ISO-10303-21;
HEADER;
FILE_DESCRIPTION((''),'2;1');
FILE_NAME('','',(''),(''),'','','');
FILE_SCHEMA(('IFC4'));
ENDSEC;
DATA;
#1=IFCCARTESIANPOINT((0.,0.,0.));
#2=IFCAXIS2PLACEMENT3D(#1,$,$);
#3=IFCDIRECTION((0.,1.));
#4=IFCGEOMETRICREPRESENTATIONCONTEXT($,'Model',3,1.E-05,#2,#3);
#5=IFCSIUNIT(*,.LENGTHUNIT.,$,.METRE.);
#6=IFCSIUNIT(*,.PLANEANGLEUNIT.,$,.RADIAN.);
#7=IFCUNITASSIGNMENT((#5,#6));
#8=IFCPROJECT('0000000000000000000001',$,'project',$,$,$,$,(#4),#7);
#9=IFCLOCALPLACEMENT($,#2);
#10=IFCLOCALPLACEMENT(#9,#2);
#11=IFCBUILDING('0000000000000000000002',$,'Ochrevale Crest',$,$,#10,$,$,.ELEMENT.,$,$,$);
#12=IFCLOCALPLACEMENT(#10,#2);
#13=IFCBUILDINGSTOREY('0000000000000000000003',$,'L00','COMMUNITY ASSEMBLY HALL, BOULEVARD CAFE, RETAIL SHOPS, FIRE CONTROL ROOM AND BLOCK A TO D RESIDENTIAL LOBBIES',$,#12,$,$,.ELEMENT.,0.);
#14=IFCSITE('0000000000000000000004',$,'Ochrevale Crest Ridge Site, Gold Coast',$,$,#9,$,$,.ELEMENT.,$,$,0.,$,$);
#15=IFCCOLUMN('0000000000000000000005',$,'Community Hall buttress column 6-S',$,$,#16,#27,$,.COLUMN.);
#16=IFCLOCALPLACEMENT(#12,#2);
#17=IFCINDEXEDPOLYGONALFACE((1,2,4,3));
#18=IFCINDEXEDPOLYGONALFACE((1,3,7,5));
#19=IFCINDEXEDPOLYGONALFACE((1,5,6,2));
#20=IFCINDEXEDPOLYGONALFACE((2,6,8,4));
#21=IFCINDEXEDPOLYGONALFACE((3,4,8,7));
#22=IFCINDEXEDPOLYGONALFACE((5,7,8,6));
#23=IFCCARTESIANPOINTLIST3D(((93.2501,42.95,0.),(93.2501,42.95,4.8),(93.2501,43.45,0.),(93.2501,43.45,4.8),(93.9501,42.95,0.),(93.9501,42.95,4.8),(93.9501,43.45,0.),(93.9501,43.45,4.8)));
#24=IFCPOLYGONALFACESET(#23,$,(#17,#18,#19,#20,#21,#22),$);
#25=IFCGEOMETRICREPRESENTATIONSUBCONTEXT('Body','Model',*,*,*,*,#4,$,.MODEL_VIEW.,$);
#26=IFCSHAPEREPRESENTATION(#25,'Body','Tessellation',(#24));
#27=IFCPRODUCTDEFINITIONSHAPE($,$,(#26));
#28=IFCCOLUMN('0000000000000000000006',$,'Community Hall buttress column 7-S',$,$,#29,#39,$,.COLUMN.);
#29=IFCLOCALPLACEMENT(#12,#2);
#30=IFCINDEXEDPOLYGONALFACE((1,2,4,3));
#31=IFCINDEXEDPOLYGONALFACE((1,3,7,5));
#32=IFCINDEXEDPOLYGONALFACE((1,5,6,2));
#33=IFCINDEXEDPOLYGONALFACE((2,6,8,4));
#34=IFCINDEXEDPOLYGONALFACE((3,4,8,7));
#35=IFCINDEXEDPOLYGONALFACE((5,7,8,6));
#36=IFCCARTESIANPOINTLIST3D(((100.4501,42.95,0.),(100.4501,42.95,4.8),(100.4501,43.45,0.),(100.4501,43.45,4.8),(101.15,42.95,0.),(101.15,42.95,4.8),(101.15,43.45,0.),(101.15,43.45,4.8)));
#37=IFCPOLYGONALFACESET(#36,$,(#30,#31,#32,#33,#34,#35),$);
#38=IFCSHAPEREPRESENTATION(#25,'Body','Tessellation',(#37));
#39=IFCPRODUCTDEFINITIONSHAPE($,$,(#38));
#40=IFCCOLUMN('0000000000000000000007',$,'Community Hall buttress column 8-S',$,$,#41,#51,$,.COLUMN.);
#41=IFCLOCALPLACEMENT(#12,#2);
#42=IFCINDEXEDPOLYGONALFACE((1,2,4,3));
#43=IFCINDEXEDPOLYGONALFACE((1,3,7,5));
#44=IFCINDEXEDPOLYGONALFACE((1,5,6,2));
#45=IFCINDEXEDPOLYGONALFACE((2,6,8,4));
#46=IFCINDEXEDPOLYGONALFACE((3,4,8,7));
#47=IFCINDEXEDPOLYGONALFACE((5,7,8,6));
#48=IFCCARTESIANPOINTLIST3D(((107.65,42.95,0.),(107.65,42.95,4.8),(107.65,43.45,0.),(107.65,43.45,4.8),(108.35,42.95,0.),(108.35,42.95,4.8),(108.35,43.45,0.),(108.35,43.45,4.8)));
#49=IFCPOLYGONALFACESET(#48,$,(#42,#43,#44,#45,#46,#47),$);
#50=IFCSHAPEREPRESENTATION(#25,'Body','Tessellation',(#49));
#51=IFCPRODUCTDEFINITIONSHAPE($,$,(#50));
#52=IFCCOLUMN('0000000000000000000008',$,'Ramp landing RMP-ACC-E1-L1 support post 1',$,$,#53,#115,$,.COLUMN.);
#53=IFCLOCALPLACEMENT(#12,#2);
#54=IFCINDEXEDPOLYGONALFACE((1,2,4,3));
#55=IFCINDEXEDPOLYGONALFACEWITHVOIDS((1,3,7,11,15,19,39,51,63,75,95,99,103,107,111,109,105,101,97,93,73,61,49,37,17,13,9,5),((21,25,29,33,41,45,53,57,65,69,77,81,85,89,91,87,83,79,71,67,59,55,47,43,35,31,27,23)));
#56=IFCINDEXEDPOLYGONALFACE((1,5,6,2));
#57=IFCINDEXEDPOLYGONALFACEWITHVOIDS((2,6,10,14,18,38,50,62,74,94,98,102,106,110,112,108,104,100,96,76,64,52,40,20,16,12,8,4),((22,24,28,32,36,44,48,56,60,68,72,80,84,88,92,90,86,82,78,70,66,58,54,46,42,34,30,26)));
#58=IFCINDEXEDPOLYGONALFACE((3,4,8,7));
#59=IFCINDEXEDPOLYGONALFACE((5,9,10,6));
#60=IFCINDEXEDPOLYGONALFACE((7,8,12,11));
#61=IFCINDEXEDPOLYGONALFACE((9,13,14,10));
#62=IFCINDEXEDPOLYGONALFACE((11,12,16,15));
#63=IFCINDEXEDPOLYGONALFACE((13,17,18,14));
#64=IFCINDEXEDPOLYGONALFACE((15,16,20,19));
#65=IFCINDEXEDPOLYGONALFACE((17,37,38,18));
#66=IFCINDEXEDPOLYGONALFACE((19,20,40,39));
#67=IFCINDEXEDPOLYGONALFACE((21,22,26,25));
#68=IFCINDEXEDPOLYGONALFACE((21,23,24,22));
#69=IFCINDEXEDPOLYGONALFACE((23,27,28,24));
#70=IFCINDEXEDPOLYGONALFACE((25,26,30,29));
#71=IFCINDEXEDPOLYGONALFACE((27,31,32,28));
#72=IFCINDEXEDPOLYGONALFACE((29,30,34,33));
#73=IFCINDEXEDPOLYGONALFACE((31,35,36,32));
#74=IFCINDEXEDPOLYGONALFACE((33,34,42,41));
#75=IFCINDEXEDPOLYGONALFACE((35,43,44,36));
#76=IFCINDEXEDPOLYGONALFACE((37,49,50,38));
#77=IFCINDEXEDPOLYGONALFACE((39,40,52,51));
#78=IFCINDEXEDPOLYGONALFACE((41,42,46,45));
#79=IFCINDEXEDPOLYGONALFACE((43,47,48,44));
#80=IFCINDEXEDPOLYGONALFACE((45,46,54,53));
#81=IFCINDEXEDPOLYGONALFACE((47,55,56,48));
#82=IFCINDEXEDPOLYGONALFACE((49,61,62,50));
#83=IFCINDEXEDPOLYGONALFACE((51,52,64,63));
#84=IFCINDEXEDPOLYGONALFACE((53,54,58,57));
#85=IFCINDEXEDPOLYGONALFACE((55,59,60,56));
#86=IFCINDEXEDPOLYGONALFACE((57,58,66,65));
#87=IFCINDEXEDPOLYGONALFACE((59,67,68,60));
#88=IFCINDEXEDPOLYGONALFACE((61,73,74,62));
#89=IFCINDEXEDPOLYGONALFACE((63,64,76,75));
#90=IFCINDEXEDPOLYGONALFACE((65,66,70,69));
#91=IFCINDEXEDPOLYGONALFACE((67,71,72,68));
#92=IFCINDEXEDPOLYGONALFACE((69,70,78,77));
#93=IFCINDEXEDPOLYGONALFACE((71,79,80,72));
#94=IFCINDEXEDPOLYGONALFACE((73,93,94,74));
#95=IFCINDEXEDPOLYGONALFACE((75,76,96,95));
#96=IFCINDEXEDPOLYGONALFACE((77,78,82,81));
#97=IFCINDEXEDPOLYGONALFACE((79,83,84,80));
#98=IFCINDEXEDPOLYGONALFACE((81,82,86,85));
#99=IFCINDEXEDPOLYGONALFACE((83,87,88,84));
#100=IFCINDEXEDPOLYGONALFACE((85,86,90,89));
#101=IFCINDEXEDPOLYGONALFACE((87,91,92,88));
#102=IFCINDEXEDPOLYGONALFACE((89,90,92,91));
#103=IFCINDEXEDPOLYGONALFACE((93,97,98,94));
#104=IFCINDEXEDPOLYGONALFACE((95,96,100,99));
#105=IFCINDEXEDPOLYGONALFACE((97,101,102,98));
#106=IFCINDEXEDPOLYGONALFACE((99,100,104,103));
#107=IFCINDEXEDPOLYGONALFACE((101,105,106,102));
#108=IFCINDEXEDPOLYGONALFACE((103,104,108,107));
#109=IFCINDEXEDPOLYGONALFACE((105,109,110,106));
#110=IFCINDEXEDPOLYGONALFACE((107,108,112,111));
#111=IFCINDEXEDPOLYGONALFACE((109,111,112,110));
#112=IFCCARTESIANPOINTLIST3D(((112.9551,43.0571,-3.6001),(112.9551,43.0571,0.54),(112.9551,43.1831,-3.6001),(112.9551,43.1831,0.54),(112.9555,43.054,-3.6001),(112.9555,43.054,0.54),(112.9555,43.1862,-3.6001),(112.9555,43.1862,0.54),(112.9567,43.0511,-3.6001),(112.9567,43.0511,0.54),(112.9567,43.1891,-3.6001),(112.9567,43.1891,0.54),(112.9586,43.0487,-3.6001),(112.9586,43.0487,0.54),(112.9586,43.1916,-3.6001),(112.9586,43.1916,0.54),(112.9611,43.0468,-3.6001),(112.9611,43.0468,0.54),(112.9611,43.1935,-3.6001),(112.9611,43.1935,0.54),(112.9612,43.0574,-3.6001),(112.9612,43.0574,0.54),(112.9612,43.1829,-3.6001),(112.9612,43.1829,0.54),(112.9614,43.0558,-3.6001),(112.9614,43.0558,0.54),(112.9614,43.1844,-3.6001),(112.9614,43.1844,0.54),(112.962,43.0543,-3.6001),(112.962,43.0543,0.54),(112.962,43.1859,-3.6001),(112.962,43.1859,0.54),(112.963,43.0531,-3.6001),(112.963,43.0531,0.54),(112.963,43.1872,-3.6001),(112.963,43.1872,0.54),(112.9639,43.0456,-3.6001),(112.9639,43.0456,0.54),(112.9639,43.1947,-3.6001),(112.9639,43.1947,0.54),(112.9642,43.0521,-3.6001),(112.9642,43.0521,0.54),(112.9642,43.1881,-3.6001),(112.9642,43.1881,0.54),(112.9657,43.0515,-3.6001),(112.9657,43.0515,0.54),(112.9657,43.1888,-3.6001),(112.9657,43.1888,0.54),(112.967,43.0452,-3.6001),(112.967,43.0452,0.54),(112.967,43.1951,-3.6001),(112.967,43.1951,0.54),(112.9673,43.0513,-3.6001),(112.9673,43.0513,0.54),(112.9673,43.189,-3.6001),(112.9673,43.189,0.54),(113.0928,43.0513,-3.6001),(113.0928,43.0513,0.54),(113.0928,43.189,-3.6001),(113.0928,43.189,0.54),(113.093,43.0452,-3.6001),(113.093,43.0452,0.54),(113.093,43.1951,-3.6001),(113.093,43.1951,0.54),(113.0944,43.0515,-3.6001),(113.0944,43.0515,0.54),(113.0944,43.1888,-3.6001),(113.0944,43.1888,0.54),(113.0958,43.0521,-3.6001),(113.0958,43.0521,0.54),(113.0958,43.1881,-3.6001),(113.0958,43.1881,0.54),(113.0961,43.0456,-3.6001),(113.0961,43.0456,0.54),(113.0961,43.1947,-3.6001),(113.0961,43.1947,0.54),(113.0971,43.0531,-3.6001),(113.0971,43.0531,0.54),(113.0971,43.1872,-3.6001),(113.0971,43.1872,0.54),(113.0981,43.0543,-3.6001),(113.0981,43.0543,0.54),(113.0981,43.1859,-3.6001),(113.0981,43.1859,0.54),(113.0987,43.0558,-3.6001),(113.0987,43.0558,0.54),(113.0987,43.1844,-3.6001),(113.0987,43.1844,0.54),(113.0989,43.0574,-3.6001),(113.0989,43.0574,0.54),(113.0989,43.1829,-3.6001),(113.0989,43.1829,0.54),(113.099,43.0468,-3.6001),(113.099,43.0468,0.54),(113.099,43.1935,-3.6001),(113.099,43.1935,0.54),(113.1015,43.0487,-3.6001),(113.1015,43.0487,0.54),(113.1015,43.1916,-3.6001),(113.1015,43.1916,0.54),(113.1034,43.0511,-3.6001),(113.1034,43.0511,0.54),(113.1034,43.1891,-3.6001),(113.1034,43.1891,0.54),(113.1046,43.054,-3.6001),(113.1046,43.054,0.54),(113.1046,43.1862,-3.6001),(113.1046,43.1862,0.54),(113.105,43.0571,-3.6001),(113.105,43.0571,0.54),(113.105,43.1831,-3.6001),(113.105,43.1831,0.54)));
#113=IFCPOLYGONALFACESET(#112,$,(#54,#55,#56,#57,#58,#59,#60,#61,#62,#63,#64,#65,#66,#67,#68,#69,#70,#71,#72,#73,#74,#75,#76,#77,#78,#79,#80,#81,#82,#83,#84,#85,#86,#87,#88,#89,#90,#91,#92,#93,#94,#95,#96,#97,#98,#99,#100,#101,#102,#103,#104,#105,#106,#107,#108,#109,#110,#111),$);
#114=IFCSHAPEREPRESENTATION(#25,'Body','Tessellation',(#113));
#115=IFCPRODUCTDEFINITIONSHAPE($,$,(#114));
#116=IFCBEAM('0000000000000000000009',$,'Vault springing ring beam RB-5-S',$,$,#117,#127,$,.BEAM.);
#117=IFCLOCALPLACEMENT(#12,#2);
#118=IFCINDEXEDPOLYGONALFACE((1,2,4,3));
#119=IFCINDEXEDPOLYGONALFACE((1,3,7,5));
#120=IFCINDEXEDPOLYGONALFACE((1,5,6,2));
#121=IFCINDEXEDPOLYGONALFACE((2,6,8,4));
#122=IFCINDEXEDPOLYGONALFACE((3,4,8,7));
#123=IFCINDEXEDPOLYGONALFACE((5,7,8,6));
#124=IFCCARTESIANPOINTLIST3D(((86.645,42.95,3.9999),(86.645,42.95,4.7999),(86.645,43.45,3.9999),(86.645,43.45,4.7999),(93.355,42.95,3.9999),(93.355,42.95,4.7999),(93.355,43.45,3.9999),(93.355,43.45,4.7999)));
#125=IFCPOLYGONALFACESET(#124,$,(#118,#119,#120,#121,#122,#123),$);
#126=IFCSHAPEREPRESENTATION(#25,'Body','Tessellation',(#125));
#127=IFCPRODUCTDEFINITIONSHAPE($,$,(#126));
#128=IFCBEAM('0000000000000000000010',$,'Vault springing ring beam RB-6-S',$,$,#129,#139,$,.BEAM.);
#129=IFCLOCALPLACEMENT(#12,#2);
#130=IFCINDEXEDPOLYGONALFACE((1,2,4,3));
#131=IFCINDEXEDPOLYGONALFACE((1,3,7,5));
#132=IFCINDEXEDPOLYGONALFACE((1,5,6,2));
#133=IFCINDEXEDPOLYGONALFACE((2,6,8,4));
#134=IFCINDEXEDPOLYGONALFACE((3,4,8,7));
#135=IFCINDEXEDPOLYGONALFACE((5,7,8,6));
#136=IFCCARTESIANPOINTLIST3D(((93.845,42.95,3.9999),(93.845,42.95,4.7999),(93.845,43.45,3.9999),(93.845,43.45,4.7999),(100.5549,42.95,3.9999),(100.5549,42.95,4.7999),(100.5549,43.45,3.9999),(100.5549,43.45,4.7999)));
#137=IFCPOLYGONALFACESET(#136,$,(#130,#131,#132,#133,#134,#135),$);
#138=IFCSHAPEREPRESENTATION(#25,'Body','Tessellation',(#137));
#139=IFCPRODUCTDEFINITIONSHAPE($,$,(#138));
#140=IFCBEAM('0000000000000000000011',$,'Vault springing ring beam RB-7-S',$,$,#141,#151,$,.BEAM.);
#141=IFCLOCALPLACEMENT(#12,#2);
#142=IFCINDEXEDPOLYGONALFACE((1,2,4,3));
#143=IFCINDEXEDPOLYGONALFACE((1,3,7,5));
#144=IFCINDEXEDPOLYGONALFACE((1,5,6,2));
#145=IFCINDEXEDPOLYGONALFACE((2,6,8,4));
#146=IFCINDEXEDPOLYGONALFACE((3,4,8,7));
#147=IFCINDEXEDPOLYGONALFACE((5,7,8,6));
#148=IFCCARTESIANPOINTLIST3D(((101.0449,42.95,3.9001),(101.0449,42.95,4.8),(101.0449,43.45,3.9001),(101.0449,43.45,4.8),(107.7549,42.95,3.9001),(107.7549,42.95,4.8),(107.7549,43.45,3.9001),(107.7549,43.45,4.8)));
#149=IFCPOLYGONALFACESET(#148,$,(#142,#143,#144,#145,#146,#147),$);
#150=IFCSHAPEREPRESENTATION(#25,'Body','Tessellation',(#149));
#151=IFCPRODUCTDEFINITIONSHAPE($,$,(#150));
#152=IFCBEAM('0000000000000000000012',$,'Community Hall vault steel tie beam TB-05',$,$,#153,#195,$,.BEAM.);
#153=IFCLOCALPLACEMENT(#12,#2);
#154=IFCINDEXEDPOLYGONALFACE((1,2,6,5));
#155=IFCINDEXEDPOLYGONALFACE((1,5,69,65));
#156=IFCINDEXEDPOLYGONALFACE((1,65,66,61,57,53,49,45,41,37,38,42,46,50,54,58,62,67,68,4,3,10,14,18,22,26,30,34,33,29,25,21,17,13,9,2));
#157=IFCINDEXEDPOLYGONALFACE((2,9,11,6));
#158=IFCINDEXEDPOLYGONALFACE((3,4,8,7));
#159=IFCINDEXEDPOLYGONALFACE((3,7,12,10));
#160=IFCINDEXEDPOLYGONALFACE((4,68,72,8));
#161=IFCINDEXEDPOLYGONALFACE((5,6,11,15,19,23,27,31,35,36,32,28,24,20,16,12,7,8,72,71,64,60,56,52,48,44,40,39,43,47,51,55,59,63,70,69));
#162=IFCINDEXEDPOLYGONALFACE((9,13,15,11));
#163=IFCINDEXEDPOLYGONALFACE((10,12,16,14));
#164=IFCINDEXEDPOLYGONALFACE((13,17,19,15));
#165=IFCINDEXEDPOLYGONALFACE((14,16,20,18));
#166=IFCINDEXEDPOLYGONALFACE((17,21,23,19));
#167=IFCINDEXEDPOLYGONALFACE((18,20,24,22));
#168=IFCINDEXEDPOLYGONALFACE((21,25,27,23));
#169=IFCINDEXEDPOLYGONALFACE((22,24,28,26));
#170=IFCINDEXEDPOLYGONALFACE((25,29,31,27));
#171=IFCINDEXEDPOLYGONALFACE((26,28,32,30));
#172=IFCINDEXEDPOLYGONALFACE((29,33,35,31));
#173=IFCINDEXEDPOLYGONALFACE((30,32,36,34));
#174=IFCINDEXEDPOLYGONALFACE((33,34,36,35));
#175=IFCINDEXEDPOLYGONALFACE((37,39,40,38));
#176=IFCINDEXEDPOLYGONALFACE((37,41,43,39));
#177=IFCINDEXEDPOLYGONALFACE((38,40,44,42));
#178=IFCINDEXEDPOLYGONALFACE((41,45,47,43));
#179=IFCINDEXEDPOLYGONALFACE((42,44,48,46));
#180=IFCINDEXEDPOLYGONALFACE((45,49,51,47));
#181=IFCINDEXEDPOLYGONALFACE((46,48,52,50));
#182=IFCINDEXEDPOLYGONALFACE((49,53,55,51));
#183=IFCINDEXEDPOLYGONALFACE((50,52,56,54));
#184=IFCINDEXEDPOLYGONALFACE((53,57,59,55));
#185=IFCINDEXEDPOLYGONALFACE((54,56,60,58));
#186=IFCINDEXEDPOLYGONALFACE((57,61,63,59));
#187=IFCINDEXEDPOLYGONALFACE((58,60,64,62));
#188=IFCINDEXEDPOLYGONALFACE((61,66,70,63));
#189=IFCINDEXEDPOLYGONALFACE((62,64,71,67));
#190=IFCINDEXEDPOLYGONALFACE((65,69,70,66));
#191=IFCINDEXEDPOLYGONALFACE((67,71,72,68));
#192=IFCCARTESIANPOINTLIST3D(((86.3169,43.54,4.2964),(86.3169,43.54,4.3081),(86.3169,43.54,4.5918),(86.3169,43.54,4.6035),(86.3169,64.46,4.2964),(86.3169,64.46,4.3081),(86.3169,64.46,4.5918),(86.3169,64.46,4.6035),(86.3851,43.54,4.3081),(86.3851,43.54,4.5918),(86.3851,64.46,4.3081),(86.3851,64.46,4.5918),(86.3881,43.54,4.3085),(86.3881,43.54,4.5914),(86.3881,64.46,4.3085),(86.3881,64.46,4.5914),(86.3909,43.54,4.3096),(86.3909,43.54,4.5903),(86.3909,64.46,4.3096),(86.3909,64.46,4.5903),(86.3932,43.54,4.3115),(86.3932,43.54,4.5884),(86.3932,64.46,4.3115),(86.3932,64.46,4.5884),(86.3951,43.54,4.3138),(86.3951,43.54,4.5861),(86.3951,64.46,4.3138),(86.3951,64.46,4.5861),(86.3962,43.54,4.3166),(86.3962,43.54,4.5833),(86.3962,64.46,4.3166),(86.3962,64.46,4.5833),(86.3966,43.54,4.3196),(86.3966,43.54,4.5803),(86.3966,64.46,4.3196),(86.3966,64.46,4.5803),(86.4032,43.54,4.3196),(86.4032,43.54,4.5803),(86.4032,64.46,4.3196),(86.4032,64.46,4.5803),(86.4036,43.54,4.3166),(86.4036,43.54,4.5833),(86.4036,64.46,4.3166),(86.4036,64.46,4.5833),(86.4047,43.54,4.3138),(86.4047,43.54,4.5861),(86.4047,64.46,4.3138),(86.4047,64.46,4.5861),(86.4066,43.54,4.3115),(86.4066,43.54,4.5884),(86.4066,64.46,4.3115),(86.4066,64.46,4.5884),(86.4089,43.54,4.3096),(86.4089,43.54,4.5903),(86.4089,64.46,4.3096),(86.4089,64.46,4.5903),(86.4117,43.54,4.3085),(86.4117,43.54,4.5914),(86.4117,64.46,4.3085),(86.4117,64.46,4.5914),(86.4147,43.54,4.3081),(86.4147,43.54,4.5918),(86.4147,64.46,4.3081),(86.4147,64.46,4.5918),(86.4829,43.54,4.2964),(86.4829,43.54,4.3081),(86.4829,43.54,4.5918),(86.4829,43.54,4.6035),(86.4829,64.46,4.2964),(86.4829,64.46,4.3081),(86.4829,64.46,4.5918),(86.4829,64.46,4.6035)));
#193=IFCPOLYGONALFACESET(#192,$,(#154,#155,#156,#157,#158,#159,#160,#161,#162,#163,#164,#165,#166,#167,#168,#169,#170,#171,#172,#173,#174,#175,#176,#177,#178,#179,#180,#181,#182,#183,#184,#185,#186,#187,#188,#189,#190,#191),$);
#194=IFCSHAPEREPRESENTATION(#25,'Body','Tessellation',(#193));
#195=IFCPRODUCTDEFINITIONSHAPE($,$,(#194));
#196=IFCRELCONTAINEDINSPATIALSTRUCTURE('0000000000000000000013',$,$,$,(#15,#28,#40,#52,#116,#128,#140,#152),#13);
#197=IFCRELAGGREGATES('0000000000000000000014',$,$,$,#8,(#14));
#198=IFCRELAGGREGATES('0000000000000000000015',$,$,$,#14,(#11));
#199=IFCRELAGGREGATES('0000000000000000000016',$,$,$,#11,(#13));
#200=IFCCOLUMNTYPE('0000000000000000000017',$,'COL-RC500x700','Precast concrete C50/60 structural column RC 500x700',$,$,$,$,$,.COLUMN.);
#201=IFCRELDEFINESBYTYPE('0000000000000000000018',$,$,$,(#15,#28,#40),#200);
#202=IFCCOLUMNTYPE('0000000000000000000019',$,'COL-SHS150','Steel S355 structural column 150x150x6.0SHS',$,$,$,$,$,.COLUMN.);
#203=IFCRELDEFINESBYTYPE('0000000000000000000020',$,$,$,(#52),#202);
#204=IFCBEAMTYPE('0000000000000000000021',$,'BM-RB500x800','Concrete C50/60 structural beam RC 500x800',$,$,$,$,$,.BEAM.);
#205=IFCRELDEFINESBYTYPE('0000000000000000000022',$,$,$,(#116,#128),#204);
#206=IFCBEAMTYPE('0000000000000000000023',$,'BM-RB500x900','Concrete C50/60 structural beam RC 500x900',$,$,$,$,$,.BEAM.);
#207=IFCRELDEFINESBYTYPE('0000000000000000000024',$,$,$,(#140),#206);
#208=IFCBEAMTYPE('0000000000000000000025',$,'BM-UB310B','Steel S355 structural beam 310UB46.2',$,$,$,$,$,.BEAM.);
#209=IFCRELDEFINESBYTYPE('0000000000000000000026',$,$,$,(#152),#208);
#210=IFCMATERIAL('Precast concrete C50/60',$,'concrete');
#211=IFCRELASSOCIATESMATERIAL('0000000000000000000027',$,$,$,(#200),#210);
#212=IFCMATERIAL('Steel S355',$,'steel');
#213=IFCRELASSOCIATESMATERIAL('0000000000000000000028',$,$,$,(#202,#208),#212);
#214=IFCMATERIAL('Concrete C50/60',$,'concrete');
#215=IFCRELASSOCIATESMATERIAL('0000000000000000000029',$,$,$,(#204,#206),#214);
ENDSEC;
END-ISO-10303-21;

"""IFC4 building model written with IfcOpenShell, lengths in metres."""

from ifc_helpers import new_model, si_unit, direction, frame, origin, origin_2d, place, context, subcontext, project, spatial, rectangle, hollow_rectangle, i_section, extrude, material, material_profile, profile_set, type_object, element, save


model = new_model("IFC4")

# Units and contexts
model_context = context("Model", 3, precision=1e-05, world=origin(), true_north=direction((0.0, 1.0)))
body_context = subcontext(model_context, "Body", "Model", "MODEL_VIEW")
ifc_project = project(units=[si_unit("LENGTHUNIT", "METRE"), si_unit("PLANEANGLEUNIT", "RADIAN")], contexts=[model_context])

# Site, building, storey
site_placement = place(None, origin())
site = spatial("IfcSite", under=ifc_project, at=site_placement, Name="Ochrevale Crest Ridge Site, Gold Coast", CompositionType="ELEMENT", RefElevation=0.0)
building_placement = place(site_placement, origin())
building = spatial("IfcBuilding", under=site, at=building_placement, Name="Ochrevale Crest", CompositionType="ELEMENT")
storey_placement = place(building_placement, origin())
storey = spatial("IfcBuildingStorey", under=building, at=storey_placement, Name="L00", Description="COMMUNITY ASSEMBLY HALL, BOULEVARD CAFE, RETAIL SHOPS, FIRE CONTROL ROOM AND BLOCK A TO D RESIDENTIAL LOBBIES", CompositionType="ELEMENT", Elevation=0.0)

# Columns
ifc_material_1 = material(Name="Precast concrete C50/60", Category="concrete")
ifc_material_profile_1 = material_profile(ifc_material_1, rectangle(XDim=0.5, YDim=0.7, at=origin_2d()), Name="RC 500x700")
ifc_profile_set_1 = profile_set([ifc_material_profile_1], Name="Precast concrete C50/60")
column_type_1 = type_object("IfcColumnType", Name="COL-RC500x700", Description="Precast concrete C50/60 structural column RC 500x700", PredefinedType="COLUMN", material=ifc_profile_set_1)
for number, where, z_axis, x_axis, name in (
    (1, (93.6001, 43.2, 0.0), (0.0, 0.0, 1.0), (0.0, 1.0, 0.0), "Community Hall buttress column 6-S"),
    (2, (100.8, 43.2, 0.0), (0.0, 0.0, 1.0), (0.0, 1.0, 0.0), "Community Hall buttress column 7-S"),
    (3, (108.0, 43.2, 0.0), (0.0, 0.0, 1.0), (0.0, 1.0, 0.0), "Community Hall buttress column 8-S"),
):
    element("IfcColumn", number, at=place(storey_placement, frame(where, z_axis=z_axis, x_axis=x_axis)), inside=storey, type_object=column_type_1, Name=name, PredefinedType="COLUMN", context=body_context, shape_type="SweptSolid", body=[
        extrude(rectangle(XDim=0.5, YDim=0.7, at=origin_2d()), origin(), (0.0, 0.0, 1.0), 4.8),
    ])
ifc_material_2 = material(Name="Steel S355", Category="steel")
ifc_material_profile_2 = material_profile(ifc_material_2, hollow_rectangle(XDim=0.1499, YDim=0.1499, WallThickness=0.0061, InnerFilletRadius=0.0061, OuterFilletRadius=0.012, at=origin_2d()), Name="150x150x6.0SHS")
ifc_profile_set_2 = profile_set([ifc_material_profile_2], Name="Steel S355")
column_type_2 = type_object("IfcColumnType", Name="COL-SHS150", Description="Steel S355 structural column 150x150x6.0SHS", PredefinedType="COLUMN", material=ifc_profile_set_2)
column_placement = place(storey_placement, frame((113.03, 43.1201, -3.6001), z_axis=(0.0, 0.0, 1.0), x_axis=(1.0, 0.0, 0.0)))
element("IfcColumn", 4, at=column_placement, inside=storey, type_object=column_type_2, Name="Ramp landing RMP-ACC-E1-L1 support post 1", PredefinedType="COLUMN", context=body_context, shape_type="SweptSolid", body=[
    extrude(hollow_rectangle(XDim=0.1499, YDim=0.1499, WallThickness=0.0061, InnerFilletRadius=0.0061, OuterFilletRadius=0.012, at=origin_2d()), origin(), (0.0, 0.0, 1.0), 4.1401),
])

# Beams
ifc_material_3 = material(Name="Concrete C50/60", Category="concrete")
ifc_material_profile_3 = material_profile(ifc_material_3, rectangle(XDim=0.5, YDim=0.8, at=origin_2d()), Name="RC 500x800")
ifc_profile_set_3 = profile_set([ifc_material_profile_3], Name="Concrete C50/60")
beam_type_1 = type_object("IfcBeamType", Name="BM-RB500x800", Description="Concrete C50/60 structural beam RC 500x800", PredefinedType="BEAM", material=ifc_profile_set_3)
for number, where, z_axis, x_axis, name in (
    (5, (86.645, 43.2, 4.3999), (1.0, 0.0, 0.0), (0.0, 1.0, 0.0), "Vault springing ring beam RB-5-S"),
    (6, (93.845, 43.2, 4.3999), (1.0, 0.0, 0.0), (0.0, 1.0, 0.0), "Vault springing ring beam RB-6-S"),
):
    element("IfcBeam", number, at=place(storey_placement, frame(where, z_axis=z_axis, x_axis=x_axis)), inside=storey, type_object=beam_type_1, Name=name, PredefinedType="BEAM", context=body_context, shape_type="SweptSolid", body=[
        extrude(rectangle(XDim=0.5, YDim=0.8, at=origin_2d()), origin(), (0.0, 0.0, 1.0), 6.71),
    ])
ifc_material_profile_4 = material_profile(ifc_material_3, rectangle(XDim=0.5, YDim=0.8999, at=origin_2d()), Name="RC 500x900")
ifc_profile_set_4 = profile_set([ifc_material_profile_4], Name="Concrete C50/60")
beam_type_2 = type_object("IfcBeamType", Name="BM-RB500x900", Description="Concrete C50/60 structural beam RC 500x900", PredefinedType="BEAM", material=ifc_profile_set_4)
beam_placement = place(storey_placement, frame((101.0449, 43.2, 4.3501), z_axis=(1.0, 0.0, 0.0), x_axis=(0.0, 1.0, 0.0)))
element("IfcBeam", 7, at=beam_placement, inside=storey, type_object=beam_type_2, Name="Vault springing ring beam RB-7-S", PredefinedType="BEAM", context=body_context, shape_type="SweptSolid", body=[
    extrude(rectangle(XDim=0.5, YDim=0.8999, at=origin_2d()), origin(), (0.0, 0.0, 1.0), 6.71),
])
ifc_material_profile_5 = material_profile(ifc_material_2, i_section(OverallWidth=0.166, OverallDepth=0.3071, WebThickness=0.0066, FlangeThickness=0.0117, FilletRadius=0.0115, at=origin_2d()), Name="310UB46.2")
ifc_profile_set_5 = profile_set([ifc_material_profile_5], Name="Steel S355")
beam_type_3 = type_object("IfcBeamType", Name="BM-UB310B", Description="Steel S355 structural beam 310UB46.2", PredefinedType="BEAM", material=ifc_profile_set_5)
for number, where, z_axis, x_axis, name in (
    (8, (86.3999, 43.54, 4.45), (0.0, 1.0, 0.0), (-1.0, 0.0, 0.0), "Community Hall vault steel tie beam TB-05"),
):
    element("IfcBeam", number, at=place(storey_placement, frame(where, z_axis=z_axis, x_axis=x_axis)), inside=storey, type_object=beam_type_3, Name=name, PredefinedType="BEAM", context=body_context, shape_type="SweptSolid", body=[
        extrude(i_section(OverallWidth=0.166, OverallDepth=0.3071, WebThickness=0.0066, FlangeThickness=0.0117, FilletRadius=0.0115, at=origin_2d()), origin(), (0.0, 0.0, 1.0), 20.9199),
    ])

save(model, "model.ifc")
